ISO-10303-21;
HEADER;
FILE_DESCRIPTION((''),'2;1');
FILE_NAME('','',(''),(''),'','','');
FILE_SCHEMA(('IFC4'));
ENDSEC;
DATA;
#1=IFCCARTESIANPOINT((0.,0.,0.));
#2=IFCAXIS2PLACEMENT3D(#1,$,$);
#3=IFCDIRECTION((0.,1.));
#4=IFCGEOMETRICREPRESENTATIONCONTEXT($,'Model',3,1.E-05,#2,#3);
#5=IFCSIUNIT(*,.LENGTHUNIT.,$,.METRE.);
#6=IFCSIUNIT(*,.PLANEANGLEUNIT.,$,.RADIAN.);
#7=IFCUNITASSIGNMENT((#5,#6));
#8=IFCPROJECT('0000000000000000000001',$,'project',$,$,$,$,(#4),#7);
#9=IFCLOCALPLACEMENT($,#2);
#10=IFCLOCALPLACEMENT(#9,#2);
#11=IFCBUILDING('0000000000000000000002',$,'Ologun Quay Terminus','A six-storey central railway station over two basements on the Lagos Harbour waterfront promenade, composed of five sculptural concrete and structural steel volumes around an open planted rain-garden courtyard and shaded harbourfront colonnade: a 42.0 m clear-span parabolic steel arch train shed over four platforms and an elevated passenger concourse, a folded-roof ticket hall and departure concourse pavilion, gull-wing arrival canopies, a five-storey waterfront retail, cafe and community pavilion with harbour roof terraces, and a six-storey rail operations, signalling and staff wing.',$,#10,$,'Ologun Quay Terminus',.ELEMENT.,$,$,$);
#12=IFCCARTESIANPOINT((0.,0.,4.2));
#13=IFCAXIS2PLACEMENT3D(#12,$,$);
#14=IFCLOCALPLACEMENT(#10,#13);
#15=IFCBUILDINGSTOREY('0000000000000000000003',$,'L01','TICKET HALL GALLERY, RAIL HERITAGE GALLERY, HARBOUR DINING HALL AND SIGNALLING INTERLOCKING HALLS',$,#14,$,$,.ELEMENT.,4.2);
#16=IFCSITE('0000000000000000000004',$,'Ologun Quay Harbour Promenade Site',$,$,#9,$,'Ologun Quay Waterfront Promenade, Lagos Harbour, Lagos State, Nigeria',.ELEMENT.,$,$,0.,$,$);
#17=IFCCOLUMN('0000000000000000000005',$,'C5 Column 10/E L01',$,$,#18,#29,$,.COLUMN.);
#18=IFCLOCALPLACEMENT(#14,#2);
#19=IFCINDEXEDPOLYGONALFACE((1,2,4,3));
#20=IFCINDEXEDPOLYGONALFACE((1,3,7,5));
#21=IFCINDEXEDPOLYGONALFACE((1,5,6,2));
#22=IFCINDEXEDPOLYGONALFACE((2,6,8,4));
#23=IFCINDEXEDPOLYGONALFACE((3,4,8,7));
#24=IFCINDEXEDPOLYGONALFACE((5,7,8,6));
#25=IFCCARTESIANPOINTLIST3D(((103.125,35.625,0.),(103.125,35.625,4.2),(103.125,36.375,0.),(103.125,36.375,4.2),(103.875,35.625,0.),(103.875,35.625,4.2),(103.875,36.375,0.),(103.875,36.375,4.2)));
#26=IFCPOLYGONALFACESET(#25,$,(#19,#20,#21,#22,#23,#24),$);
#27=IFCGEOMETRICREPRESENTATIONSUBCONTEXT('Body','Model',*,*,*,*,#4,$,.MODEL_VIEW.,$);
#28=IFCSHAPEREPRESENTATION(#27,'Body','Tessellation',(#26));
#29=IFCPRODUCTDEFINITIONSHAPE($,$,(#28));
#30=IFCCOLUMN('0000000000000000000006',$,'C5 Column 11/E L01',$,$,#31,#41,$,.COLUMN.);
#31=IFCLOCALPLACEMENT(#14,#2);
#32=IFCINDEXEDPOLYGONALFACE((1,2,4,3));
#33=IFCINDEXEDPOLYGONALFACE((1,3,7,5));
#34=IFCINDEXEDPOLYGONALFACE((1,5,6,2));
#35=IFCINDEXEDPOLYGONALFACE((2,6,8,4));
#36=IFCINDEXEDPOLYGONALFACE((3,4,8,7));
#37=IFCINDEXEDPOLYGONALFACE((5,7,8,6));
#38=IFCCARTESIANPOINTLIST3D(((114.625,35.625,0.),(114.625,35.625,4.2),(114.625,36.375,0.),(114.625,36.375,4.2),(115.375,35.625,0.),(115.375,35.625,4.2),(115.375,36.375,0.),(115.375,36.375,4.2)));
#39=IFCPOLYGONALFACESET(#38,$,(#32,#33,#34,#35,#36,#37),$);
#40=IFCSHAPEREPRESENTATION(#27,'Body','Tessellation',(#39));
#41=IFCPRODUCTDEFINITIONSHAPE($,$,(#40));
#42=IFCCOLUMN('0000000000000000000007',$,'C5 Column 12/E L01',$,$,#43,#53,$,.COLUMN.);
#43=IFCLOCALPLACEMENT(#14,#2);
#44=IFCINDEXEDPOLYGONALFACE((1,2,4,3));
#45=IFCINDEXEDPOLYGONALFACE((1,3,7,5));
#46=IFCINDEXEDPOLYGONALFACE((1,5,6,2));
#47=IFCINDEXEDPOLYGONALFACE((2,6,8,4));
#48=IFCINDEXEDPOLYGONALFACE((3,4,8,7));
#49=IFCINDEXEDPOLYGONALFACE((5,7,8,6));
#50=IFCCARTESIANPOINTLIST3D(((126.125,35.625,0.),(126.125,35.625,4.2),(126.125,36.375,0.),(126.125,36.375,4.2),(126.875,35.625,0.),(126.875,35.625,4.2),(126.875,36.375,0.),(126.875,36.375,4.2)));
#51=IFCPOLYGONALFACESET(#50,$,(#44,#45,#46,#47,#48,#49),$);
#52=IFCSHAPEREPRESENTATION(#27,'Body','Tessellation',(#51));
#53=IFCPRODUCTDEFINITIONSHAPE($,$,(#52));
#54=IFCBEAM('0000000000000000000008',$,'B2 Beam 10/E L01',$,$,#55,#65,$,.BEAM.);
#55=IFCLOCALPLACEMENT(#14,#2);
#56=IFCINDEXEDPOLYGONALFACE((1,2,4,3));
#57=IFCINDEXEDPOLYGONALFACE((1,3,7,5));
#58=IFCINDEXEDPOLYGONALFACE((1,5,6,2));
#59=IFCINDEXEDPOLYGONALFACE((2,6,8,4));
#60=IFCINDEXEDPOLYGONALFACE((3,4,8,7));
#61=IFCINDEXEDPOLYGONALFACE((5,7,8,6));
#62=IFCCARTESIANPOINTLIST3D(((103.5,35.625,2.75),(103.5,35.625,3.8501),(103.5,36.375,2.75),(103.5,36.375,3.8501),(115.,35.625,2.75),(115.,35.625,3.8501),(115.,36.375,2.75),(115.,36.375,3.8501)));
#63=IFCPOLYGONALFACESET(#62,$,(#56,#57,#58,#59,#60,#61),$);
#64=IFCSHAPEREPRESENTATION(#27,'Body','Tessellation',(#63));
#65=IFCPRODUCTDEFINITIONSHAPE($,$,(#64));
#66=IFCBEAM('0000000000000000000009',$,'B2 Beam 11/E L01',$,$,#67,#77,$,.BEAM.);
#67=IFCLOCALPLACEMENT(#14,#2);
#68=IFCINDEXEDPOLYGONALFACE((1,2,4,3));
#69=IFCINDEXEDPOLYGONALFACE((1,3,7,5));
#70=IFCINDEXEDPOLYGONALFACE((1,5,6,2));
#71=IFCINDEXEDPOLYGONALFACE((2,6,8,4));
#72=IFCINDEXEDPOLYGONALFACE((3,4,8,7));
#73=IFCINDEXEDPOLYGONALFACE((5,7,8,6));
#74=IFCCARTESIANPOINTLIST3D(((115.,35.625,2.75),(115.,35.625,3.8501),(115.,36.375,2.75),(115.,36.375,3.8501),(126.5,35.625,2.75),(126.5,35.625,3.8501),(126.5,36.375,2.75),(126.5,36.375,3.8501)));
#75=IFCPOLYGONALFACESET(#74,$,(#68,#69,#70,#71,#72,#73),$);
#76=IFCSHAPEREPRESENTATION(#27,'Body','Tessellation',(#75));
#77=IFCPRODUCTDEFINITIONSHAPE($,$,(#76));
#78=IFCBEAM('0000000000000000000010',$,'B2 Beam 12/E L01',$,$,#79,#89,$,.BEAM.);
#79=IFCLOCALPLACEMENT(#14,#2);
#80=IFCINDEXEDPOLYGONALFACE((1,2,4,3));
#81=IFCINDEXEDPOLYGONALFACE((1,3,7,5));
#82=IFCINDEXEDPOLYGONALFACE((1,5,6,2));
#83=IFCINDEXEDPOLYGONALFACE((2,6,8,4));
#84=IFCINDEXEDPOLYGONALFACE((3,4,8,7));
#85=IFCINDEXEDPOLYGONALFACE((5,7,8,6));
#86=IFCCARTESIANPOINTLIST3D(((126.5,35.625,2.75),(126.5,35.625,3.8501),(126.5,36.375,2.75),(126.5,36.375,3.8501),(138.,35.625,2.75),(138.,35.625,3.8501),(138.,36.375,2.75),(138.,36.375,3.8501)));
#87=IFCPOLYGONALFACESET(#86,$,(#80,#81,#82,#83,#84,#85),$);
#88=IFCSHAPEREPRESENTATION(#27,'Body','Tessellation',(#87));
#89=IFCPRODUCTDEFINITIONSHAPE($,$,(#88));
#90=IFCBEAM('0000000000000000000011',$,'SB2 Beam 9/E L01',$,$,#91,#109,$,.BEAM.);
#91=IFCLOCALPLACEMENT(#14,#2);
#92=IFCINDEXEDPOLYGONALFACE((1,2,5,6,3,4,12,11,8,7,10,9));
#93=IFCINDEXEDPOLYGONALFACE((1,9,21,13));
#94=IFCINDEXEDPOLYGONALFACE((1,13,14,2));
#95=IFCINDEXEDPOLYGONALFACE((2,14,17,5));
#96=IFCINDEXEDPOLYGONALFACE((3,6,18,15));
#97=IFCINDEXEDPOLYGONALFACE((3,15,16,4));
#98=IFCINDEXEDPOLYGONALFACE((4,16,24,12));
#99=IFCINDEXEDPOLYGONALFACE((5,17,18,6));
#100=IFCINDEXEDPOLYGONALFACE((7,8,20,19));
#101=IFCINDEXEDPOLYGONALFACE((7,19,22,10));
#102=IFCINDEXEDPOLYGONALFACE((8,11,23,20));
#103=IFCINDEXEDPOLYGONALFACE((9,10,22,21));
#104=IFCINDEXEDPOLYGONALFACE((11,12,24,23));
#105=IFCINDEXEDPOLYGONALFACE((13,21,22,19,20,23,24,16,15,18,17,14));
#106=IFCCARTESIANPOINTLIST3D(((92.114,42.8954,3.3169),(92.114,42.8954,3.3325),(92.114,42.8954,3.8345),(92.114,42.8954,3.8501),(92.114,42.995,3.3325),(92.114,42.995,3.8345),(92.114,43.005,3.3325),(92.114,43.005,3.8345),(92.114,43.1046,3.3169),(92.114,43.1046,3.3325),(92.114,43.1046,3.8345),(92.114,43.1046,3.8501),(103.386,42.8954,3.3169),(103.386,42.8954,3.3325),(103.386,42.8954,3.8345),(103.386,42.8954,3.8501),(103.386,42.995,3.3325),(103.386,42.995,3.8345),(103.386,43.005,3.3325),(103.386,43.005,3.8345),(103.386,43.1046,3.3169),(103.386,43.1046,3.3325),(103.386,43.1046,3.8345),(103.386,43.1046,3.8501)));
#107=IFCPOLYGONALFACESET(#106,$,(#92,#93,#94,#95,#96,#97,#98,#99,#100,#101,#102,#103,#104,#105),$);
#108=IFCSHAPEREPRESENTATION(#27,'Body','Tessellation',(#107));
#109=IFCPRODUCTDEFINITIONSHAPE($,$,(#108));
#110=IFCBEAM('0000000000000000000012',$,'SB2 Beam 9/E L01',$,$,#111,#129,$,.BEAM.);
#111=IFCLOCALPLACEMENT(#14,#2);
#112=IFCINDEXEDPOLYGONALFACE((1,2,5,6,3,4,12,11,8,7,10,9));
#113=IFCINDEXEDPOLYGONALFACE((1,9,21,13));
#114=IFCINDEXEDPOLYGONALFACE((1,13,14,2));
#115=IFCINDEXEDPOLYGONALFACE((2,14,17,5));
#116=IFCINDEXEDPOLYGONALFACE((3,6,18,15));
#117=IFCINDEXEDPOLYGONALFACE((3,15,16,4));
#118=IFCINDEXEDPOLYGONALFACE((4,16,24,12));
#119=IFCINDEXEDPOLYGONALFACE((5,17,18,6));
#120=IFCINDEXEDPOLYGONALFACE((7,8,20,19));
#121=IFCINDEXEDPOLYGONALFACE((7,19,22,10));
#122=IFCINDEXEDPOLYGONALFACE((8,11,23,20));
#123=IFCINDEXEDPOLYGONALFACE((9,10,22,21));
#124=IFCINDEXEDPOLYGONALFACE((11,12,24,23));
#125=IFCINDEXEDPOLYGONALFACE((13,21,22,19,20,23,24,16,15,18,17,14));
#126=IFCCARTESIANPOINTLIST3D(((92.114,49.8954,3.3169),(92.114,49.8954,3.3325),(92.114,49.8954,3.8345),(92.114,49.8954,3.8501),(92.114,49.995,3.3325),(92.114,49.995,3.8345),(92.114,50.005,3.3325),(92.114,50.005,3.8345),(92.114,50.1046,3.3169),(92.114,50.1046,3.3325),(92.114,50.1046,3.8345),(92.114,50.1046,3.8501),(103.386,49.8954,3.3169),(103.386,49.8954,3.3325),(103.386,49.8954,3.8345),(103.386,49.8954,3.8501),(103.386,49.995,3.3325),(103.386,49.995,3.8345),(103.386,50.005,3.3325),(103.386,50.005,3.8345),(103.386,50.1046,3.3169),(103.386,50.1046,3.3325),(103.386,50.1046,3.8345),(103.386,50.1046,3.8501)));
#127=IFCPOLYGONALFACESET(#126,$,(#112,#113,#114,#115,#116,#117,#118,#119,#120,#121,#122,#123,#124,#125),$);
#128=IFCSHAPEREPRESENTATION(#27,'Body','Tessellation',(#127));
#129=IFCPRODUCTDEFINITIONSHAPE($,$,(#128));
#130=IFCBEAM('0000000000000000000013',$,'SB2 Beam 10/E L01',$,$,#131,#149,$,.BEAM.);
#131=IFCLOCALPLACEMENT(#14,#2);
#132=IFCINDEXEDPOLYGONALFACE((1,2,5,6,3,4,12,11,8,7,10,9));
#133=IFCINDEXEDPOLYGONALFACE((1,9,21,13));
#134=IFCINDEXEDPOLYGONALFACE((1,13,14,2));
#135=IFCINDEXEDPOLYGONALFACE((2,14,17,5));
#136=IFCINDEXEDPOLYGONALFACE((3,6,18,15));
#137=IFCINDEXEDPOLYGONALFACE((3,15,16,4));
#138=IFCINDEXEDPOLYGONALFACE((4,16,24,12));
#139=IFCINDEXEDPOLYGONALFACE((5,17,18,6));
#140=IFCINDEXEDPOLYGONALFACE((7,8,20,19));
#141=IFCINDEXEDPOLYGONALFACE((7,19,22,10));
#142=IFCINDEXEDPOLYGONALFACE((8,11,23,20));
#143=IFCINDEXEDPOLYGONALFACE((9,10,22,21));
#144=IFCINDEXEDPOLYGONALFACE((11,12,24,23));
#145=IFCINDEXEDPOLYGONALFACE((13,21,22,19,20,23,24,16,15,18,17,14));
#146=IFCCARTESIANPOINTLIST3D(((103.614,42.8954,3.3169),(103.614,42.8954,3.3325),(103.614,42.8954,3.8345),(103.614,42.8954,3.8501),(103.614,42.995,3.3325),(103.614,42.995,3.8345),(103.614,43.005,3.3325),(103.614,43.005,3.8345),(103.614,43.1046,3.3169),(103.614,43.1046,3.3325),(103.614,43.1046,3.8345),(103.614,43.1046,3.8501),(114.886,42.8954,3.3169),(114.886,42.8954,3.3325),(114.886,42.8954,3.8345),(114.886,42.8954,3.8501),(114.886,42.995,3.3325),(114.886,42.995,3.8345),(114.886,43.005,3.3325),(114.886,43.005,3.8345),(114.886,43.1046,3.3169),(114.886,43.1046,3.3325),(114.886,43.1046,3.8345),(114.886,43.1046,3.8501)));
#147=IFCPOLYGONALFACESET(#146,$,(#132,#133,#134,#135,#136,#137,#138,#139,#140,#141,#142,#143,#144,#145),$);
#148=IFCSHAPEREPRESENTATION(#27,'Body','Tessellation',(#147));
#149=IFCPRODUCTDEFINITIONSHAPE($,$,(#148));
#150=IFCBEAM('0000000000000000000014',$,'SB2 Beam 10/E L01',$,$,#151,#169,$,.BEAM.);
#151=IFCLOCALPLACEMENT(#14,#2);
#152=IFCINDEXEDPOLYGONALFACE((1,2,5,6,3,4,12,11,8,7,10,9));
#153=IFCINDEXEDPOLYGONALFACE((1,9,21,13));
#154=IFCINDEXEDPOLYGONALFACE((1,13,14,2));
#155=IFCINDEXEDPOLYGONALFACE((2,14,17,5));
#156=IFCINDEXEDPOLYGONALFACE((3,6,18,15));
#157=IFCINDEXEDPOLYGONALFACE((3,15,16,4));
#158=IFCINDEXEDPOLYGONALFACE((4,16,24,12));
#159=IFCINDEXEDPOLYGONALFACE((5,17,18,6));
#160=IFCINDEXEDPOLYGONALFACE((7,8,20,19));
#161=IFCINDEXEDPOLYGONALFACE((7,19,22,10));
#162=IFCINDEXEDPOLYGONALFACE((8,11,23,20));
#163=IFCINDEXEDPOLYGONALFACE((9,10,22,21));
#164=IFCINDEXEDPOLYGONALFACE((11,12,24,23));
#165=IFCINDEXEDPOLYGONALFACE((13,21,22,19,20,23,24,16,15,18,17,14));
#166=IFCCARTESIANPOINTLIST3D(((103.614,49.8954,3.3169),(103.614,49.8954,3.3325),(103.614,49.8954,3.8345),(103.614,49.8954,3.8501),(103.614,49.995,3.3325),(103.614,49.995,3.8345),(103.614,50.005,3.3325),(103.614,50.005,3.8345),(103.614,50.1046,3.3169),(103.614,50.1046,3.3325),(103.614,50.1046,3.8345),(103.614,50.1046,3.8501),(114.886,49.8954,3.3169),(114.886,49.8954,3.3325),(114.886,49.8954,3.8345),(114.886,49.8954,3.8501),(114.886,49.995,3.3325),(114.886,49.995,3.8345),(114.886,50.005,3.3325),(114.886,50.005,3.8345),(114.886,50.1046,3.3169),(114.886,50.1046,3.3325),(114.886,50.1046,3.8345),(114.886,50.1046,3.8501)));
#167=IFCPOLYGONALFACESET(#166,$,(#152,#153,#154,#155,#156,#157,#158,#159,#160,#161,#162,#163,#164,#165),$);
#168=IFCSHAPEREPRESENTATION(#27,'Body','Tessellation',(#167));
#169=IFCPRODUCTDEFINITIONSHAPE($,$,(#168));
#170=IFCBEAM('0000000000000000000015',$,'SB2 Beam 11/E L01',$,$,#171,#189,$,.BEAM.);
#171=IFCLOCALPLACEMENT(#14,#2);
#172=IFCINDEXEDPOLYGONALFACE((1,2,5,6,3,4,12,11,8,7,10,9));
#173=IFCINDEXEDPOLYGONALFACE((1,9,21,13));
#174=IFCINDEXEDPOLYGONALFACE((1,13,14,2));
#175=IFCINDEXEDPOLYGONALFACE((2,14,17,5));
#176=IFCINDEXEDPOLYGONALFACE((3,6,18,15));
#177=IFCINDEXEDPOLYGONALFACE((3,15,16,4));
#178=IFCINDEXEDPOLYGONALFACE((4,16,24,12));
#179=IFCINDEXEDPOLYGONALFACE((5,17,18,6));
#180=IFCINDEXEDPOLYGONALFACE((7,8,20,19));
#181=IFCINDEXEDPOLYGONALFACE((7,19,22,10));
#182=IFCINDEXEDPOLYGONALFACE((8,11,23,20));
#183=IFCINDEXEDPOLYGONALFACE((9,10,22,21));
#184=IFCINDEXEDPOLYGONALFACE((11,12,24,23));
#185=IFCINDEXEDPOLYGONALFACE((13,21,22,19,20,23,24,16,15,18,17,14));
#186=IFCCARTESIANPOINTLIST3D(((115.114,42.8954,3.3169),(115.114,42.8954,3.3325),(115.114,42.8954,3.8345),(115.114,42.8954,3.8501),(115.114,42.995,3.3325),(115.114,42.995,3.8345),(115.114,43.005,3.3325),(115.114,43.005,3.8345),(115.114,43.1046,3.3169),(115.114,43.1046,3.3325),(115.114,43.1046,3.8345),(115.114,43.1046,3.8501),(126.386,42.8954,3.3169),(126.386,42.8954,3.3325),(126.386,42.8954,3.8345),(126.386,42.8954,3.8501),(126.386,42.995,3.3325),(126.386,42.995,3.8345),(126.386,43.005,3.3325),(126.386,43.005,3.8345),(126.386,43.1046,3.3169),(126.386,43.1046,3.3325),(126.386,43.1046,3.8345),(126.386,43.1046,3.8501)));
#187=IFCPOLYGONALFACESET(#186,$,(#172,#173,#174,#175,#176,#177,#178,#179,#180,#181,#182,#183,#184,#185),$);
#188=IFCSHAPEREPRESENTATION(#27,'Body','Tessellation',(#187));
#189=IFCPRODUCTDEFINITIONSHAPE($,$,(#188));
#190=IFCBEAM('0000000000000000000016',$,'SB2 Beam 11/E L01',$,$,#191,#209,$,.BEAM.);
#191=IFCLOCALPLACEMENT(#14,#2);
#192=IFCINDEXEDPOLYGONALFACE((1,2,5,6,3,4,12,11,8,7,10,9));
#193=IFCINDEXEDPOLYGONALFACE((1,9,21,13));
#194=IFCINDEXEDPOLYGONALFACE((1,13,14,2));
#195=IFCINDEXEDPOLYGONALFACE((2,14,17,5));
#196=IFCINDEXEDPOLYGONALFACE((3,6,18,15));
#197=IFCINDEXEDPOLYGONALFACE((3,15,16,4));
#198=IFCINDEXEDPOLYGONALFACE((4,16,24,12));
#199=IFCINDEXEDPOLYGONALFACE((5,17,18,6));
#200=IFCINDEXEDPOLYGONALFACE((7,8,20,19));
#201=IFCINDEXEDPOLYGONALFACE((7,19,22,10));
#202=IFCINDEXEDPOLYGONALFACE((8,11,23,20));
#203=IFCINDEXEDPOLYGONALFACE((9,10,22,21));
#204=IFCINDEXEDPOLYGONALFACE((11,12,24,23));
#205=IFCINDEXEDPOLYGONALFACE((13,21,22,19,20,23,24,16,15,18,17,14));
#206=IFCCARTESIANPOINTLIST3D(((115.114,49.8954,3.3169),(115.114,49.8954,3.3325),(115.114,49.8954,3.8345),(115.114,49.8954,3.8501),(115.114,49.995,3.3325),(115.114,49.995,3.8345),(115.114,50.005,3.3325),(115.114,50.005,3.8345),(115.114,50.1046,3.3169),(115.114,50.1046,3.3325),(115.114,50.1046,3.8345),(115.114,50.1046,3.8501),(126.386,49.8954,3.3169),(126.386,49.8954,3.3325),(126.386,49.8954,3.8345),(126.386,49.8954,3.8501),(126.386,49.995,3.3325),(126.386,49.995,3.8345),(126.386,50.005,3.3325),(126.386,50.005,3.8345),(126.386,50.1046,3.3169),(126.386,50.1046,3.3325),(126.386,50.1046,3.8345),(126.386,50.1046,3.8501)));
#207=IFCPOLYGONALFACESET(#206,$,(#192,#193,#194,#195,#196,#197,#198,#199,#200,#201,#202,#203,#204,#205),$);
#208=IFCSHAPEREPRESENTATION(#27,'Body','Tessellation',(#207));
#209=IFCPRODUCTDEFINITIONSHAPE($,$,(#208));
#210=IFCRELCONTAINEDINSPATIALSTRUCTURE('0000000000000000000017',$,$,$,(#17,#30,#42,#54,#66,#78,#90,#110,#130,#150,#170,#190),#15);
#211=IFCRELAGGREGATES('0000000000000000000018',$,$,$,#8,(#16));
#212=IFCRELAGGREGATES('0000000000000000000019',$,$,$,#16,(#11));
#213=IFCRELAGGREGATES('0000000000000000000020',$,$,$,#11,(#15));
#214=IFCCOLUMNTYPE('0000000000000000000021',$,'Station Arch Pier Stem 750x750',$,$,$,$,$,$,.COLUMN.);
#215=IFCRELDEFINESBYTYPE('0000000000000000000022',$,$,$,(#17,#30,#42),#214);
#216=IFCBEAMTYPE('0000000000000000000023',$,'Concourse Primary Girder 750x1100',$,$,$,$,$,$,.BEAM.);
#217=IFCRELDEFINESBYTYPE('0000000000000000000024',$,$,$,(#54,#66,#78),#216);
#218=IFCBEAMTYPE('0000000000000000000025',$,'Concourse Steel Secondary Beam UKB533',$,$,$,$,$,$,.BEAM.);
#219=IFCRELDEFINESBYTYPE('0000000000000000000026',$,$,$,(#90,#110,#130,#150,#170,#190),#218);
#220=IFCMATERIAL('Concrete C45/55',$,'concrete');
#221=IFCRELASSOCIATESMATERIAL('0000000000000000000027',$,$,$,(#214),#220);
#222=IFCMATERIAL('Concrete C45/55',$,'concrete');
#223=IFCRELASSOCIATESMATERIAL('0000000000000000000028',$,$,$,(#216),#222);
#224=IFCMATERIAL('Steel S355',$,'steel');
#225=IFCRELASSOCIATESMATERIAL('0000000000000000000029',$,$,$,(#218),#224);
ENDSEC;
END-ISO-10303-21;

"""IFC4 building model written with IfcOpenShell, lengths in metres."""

from ifc_helpers import new_model, si_unit, direction, frame, origin, origin_2d, place, context, subcontext, project, spatial, rectangle, i_section, extrude, material, material_profile, profile_set, type_object, element, save


model = new_model("IFC4")

# Units and contexts
model_context = context("Model", 3, precision=1e-05, world=origin(), true_north=direction((0.0, 1.0)))
body_context = subcontext(model_context, "Body", "Model", "MODEL_VIEW")
ifc_project = project(units=[si_unit("LENGTHUNIT", "METRE"), si_unit("PLANEANGLEUNIT", "RADIAN")], contexts=[model_context])

# Site, building, storey
site_placement = place(None, origin())
site = spatial("IfcSite", under=ifc_project, at=site_placement, Name="Ologun Quay Harbour Promenade Site", LongName="Ologun Quay Waterfront Promenade, Lagos Harbour, Lagos State, Nigeria", CompositionType="ELEMENT", RefElevation=0.0)
building_placement = place(site_placement, origin())
building = spatial("IfcBuilding", under=site, at=building_placement, Name="Ologun Quay Terminus", Description="A six-storey central railway station over two basements on the Lagos Harbour waterfront promenade, composed of five sculptural concrete and structural steel volumes around an open planted rain-garden courtyard and shaded harbourfront colonnade: a 42.0 m clear-span parabolic steel arch train shed over four platforms and an elevated passenger concourse, a folded-roof ticket hall and departure concourse pavilion, gull-wing arrival canopies, a five-storey waterfront retail, cafe and community pavilion with harbour roof terraces, and a six-storey rail operations, signalling and staff wing.", LongName="Ologun Quay Terminus", CompositionType="ELEMENT")
storey_placement = place(building_placement, frame((0.0, 0.0, 4.2)))
storey = spatial("IfcBuildingStorey", under=building, at=storey_placement, Name="L01", Description="TICKET HALL GALLERY, RAIL HERITAGE GALLERY, HARBOUR DINING HALL AND SIGNALLING INTERLOCKING HALLS", CompositionType="ELEMENT", Elevation=4.2)

# Columns
ifc_material_1 = material(Name="Concrete C45/55", Category="concrete")
ifc_material_profile_1 = material_profile(ifc_material_1, rectangle(XDim=0.75, YDim=0.75, at=origin_2d()), Name="RC 750x750")
ifc_profile_set_1 = profile_set([ifc_material_profile_1], Name="Concrete C45/55")
column_type = type_object("IfcColumnType", Name="Station Arch Pier Stem 750x750", PredefinedType="COLUMN", material=ifc_profile_set_1)
for number, where, z_axis, x_axis, name in (
    (1, (103.5, 36.0, 0.0), (0.0, 0.0, 1.0), (1.0, 0.0, 0.0), "C5 Column 10/E L01"),
    (2, (115.0, 36.0, 0.0), (0.0, 0.0, 1.0), (1.0, 0.0, 0.0), "C5 Column 11/E L01"),
    (3, (126.5, 36.0, 0.0), (0.0, 0.0, 1.0), (1.0, 0.0, 0.0), "C5 Column 12/E L01"),
):
    element("IfcColumn", number, at=place(storey_placement, frame(where, z_axis=z_axis, x_axis=x_axis)), inside=storey, type_object=column_type, Name=name, PredefinedType="COLUMN", context=body_context, shape_type="SweptSolid", body=[
        extrude(rectangle(XDim=0.75, YDim=0.75, at=origin_2d()), origin(), (0.0, 0.0, 1.0), 4.2),
    ])

# Beams
ifc_material_2 = material(Name="Concrete C45/55", Category="concrete")
ifc_material_profile_2 = material_profile(ifc_material_2, rectangle(XDim=0.75, YDim=1.1001, at=origin_2d()), Name="RC 750x1100")
ifc_profile_set_2 = profile_set([ifc_material_profile_2], Name="Concrete C45/55")
beam_type_1 = type_object("IfcBeamType", Name="Concourse Primary Girder 750x1100", PredefinedType="BEAM", material=ifc_profile_set_2)
for number, where, z_axis, x_axis, name in (
    (4, (103.5, 36.0, 3.3), (1.0, 0.0, 0.0), (0.0, 1.0, 0.0), "B2 Beam 10/E L01"),
    (5, (115.0, 36.0, 3.3), (1.0, 0.0, 0.0), (0.0, 1.0, 0.0), "B2 Beam 11/E L01"),
    (6, (126.5, 36.0, 3.3), (1.0, 0.0, 0.0), (0.0, 1.0, 0.0), "B2 Beam 12/E L01"),
):
    element("IfcBeam", number, at=place(storey_placement, frame(where, z_axis=z_axis, x_axis=x_axis)), inside=storey, type_object=beam_type_1, Name=name, PredefinedType="BEAM", context=body_context, shape_type="SweptSolid", body=[
        extrude(rectangle(XDim=0.75, YDim=1.1001, at=origin_2d()), origin(), (0.0, 0.0, 1.0), 11.5),
    ])
ifc_material_3 = material(Name="Steel S355", Category="steel")
ifc_material_profile_3 = material_profile(ifc_material_3, i_section(OverallWidth=0.2092, OverallDepth=0.5332, WebThickness=0.01, FlangeThickness=0.0156, at=origin_2d()), Name="UKB 533x210x92")
ifc_profile_set_3 = profile_set([ifc_material_profile_3], Name="Steel S355")
beam_type_2 = type_object("IfcBeamType", Name="Concourse Steel Secondary Beam UKB533", PredefinedType="BEAM", material=ifc_profile_set_3)
for number, where, z_axis, x_axis, name in (
    (7, (92.114, 43.0, 3.5835), (1.0, 0.0, 0.0), (0.0, 1.0, 0.0), "SB2 Beam 9/E L01"),
    (8, (92.114, 50.0, 3.5835), (1.0, 0.0, 0.0), (0.0, 1.0, 0.0), "SB2 Beam 9/E L01"),
    (9, (103.614, 43.0, 3.5835), (1.0, 0.0, 0.0), (0.0, 1.0, 0.0), "SB2 Beam 10/E L01"),
    (10, (103.614, 50.0, 3.5835), (1.0, 0.0, 0.0), (0.0, 1.0, 0.0), "SB2 Beam 10/E L01"),
    (11, (115.114, 43.0, 3.5835), (1.0, 0.0, 0.0), (0.0, 1.0, 0.0), "SB2 Beam 11/E L01"),
    (12, (115.114, 50.0, 3.5835), (1.0, 0.0, 0.0), (0.0, 1.0, 0.0), "SB2 Beam 11/E L01"),
):
    element("IfcBeam", number, at=place(storey_placement, frame(where, z_axis=z_axis, x_axis=x_axis)), inside=storey, type_object=beam_type_2, Name=name, PredefinedType="BEAM", context=body_context, shape_type="SweptSolid", body=[
        extrude(i_section(OverallWidth=0.2092, OverallDepth=0.5332, WebThickness=0.01, FlangeThickness=0.0156, at=origin_2d()), origin(), (0.0, 0.0, 1.0), 11.272),
    ])

save(model, "model.ifc")
